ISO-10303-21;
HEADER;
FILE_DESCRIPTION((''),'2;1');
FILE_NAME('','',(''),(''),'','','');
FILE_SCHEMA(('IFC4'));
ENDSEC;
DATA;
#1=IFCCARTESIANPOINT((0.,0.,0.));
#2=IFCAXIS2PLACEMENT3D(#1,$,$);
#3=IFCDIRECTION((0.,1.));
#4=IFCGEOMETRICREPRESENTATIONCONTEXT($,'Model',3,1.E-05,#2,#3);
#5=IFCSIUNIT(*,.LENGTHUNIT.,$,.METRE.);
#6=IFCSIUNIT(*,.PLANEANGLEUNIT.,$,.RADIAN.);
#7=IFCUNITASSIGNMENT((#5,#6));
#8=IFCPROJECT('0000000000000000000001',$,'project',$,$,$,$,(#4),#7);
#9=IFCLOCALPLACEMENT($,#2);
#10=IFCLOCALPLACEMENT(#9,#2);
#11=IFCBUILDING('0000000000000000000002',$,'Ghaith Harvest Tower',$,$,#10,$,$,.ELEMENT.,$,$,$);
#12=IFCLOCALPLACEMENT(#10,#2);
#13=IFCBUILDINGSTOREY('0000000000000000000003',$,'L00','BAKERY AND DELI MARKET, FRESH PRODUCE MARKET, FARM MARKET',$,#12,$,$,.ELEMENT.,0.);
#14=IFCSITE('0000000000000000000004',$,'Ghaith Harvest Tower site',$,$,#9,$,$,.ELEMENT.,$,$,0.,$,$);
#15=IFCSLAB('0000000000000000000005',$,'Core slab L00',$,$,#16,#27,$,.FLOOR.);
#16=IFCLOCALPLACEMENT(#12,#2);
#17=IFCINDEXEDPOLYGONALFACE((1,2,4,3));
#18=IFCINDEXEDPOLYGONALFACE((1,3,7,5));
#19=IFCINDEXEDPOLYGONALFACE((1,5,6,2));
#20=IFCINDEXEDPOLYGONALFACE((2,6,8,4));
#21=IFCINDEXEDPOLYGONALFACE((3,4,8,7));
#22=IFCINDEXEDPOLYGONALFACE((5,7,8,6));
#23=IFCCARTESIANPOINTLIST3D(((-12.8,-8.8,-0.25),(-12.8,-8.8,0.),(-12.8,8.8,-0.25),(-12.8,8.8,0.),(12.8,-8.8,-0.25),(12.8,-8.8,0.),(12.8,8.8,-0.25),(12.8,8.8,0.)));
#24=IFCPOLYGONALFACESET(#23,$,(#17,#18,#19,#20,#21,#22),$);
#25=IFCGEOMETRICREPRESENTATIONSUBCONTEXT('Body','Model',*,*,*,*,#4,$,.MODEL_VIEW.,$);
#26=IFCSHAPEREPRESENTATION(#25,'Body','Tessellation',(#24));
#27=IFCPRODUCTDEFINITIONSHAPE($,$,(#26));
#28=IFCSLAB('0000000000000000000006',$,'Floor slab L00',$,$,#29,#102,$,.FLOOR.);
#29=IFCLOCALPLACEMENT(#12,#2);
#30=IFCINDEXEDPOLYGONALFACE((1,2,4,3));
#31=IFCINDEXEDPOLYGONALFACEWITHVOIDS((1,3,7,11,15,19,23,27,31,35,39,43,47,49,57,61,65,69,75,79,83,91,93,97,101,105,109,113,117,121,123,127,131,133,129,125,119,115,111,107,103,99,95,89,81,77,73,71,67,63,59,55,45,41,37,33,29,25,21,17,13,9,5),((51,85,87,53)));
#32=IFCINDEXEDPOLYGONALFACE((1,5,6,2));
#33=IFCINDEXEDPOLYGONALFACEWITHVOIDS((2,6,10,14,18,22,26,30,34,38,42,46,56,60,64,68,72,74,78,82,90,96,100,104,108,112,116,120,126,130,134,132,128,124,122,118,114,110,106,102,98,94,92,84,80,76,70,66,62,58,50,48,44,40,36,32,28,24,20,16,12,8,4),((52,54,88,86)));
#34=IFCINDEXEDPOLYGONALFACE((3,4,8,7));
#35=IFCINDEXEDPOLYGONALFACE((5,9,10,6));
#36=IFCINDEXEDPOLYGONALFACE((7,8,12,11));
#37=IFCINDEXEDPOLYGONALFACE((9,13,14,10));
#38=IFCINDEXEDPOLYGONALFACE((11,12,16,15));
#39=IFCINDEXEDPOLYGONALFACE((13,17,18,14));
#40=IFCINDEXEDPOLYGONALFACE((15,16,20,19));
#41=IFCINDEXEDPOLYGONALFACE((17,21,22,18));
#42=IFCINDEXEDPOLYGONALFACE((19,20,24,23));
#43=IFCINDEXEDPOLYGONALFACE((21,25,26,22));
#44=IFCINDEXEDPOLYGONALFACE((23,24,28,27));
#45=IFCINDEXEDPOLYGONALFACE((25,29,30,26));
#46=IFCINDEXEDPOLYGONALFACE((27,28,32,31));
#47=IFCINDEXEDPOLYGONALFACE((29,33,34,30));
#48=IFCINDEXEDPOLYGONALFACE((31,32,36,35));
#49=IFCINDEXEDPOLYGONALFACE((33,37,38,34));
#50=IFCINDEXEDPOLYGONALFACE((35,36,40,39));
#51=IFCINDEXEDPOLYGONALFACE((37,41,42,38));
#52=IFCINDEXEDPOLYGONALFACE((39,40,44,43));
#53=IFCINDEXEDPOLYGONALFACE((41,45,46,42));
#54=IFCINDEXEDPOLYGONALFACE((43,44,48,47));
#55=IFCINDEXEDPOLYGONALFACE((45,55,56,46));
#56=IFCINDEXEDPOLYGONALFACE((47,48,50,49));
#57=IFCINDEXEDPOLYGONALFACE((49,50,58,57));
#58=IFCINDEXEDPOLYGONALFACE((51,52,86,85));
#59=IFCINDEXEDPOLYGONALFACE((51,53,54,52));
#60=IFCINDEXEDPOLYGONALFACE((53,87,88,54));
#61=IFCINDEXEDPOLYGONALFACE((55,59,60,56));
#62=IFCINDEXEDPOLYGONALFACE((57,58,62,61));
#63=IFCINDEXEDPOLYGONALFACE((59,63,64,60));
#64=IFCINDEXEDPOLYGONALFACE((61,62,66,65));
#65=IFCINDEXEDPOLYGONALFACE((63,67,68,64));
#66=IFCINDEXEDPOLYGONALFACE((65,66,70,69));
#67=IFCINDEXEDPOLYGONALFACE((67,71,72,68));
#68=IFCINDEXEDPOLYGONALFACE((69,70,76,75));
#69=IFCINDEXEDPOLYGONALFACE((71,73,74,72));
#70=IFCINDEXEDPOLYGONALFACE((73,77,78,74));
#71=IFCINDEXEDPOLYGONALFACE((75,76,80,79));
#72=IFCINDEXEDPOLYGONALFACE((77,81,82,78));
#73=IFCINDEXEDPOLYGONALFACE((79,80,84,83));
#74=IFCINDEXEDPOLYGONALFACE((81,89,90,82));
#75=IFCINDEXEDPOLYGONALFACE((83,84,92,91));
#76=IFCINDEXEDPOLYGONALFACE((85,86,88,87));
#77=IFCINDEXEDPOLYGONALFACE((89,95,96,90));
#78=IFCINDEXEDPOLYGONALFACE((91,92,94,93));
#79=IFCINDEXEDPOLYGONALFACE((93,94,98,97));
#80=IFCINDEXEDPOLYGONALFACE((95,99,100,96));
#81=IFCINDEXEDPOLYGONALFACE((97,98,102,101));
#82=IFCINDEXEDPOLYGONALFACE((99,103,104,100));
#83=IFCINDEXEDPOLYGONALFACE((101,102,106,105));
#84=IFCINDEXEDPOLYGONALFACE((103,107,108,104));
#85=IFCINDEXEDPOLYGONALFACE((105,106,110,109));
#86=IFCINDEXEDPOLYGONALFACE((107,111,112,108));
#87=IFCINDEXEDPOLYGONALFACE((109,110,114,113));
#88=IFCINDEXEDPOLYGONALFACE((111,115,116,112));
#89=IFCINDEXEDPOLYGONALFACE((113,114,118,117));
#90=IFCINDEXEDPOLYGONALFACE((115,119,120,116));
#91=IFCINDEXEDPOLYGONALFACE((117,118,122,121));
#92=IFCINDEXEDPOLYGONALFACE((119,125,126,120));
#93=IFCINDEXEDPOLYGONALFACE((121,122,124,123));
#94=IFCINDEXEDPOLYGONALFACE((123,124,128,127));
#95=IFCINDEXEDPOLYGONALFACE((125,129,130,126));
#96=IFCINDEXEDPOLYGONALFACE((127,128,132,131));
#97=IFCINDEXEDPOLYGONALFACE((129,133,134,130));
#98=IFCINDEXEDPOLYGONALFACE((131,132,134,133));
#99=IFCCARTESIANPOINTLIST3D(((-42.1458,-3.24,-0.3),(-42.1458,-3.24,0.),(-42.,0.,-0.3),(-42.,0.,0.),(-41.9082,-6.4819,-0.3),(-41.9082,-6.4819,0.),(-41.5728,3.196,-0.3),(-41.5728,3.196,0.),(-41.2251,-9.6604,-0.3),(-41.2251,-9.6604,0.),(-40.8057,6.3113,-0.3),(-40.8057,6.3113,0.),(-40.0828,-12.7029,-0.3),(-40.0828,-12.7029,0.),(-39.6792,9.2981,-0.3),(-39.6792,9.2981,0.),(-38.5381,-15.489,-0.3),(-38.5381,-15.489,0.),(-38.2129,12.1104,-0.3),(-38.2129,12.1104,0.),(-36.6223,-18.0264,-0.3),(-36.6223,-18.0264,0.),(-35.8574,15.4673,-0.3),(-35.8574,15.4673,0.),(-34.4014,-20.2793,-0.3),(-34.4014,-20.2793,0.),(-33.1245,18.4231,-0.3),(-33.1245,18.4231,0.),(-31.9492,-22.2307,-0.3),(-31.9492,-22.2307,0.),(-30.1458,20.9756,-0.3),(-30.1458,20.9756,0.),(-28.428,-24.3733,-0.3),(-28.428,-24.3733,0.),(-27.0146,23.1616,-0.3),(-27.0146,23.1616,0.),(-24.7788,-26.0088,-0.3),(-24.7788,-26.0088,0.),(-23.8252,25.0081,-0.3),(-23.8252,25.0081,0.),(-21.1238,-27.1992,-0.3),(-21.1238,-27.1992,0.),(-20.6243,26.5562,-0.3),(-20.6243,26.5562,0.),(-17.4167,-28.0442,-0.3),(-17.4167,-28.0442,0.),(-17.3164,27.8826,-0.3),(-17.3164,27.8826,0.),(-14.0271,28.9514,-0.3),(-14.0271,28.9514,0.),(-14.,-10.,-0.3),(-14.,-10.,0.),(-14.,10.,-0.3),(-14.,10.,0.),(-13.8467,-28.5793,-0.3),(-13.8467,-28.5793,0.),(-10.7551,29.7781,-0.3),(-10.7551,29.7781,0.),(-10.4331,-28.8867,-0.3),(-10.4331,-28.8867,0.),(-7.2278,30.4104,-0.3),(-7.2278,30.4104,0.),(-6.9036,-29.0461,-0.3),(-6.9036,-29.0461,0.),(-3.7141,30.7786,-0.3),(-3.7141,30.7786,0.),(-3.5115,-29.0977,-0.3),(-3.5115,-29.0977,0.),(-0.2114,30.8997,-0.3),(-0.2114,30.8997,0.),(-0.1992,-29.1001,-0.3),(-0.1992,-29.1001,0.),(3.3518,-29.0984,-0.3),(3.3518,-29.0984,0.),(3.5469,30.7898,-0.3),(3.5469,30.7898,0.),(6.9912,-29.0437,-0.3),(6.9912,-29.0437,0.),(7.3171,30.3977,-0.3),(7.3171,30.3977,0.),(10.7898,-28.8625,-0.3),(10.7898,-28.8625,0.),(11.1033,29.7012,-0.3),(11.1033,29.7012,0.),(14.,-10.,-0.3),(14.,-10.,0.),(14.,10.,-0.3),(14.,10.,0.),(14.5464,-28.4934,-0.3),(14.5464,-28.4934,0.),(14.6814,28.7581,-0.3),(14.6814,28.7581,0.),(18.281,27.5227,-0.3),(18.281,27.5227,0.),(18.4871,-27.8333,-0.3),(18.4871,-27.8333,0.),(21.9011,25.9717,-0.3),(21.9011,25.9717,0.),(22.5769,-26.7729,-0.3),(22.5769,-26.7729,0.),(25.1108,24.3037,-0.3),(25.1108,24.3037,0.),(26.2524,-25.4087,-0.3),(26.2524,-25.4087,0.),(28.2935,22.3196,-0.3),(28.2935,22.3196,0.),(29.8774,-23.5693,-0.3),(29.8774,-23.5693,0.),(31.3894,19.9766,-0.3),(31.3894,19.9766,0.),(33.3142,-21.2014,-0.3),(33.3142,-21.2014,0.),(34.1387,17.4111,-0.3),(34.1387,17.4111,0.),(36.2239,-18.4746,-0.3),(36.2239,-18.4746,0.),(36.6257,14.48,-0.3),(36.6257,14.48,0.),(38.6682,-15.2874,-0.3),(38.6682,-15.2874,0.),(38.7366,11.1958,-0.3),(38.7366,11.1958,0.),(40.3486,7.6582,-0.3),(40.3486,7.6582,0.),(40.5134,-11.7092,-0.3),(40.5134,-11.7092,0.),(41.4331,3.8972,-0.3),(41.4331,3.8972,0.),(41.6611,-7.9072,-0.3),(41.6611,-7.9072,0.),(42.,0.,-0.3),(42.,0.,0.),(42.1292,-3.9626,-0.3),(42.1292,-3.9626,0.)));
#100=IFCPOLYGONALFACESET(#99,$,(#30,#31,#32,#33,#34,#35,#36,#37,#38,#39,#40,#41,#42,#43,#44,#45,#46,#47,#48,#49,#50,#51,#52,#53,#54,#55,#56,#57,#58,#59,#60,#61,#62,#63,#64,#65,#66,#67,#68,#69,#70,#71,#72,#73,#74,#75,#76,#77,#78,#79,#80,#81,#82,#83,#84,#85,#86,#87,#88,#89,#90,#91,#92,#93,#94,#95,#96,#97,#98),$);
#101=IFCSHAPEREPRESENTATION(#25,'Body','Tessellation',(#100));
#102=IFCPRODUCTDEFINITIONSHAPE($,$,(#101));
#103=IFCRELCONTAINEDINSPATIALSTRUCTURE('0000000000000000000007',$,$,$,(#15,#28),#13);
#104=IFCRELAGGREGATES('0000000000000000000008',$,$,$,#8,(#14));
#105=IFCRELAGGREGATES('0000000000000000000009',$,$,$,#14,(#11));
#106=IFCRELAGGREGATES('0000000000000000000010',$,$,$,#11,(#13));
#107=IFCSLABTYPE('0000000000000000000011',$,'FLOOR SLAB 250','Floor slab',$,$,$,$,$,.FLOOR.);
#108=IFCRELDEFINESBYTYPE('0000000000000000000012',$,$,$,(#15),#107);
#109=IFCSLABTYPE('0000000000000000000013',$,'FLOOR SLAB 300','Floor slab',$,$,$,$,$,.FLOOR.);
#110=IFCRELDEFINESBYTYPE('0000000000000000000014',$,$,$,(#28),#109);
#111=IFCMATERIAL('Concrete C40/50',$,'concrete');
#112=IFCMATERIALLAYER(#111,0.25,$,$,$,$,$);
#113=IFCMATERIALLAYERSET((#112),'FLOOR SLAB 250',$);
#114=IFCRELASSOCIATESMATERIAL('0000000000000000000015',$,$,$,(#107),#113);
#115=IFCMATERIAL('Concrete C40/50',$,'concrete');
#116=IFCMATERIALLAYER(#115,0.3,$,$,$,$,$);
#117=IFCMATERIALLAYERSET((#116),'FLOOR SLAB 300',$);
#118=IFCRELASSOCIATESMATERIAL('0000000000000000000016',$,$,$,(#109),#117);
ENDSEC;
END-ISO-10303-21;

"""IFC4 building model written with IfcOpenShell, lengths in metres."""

from ifc_helpers import new_model, si_unit, direction, frame, origin, place, context, subcontext, project, spatial, polyline, outline, extrude, material, layer, layer_set, type_object, element, save


model = new_model("IFC4")

# Units and contexts
model_context = context("Model", 3, precision=1e-05, world=origin(), true_north=direction((0.0, 1.0)))
body_context = subcontext(model_context, "Body", "Model", "MODEL_VIEW")
ifc_project = project(units=[si_unit("LENGTHUNIT", "METRE"), si_unit("PLANEANGLEUNIT", "RADIAN")], contexts=[model_context])

# Site, building, storey
site_placement = place(None, origin())
site = spatial("IfcSite", under=ifc_project, at=site_placement, Name="Ghaith Harvest Tower site", CompositionType="ELEMENT", RefElevation=0.0)
building_placement = place(site_placement, origin())
building = spatial("IfcBuilding", under=site, at=building_placement, Name="Ghaith Harvest Tower", CompositionType="ELEMENT")
storey_placement = place(building_placement, origin())
storey = spatial("IfcBuildingStorey", under=building, at=storey_placement, Name="L00", Description="BAKERY AND DELI MARKET, FRESH PRODUCE MARKET, FARM MARKET", CompositionType="ELEMENT", Elevation=0.0)

# Slabs
ifc_material_1 = material(Name="Concrete C40/50", Category="concrete")
ifc_layer_1 = layer(ifc_material_1, 0.25)
ifc_layer_set_1 = layer_set([ifc_layer_1], Name="FLOOR SLAB 250")
slab_type_1 = type_object("IfcSlabType", Name="FLOOR SLAB 250", Description="Floor slab", PredefinedType="FLOOR", material=ifc_layer_set_1)
slab_1_placement = place(storey_placement, frame((0.0, 0.0, -0.25)))
element("IfcSlab", 1, at=slab_1_placement, inside=storey, type_object=slab_type_1, Name="Core slab L00", PredefinedType="FLOOR", context=body_context, shape_type="SweptSolid", body=[
    extrude(outline(polyline([(-12.8, -8.8), (-12.8, 8.8), (12.8, 8.8), (12.8, -8.8), (-12.8, -8.8)])), origin(), (0.0, 0.0, 1.0), 0.25),
])
ifc_material_2 = material(Name="Concrete C40/50", Category="concrete")
ifc_layer_2 = layer(ifc_material_2, 0.3)
ifc_layer_set_2 = layer_set([ifc_layer_2], Name="FLOOR SLAB 300")
slab_type_2 = type_object("IfcSlabType", Name="FLOOR SLAB 300", Description="Floor slab", PredefinedType="FLOOR", material=ifc_layer_set_2)
slab_2_placement = place(storey_placement, frame((0.0, 0.0, -0.3)))
element("IfcSlab", 2, at=slab_2_placement, inside=storey, type_object=slab_type_2, Name="Floor slab L00", PredefinedType="FLOOR", context=body_context, shape_type="SweptSolid", body=[
    extrude(outline(polyline([(42.0, 0.0), (41.4331, 3.8972), (40.3486, 7.6582), (38.7366, 11.1958), (36.6257, 14.48), (34.1387, 17.4111), (31.3894, 19.9766), (28.2935, 22.3196), (25.1108, 24.3037), (21.9011, 25.9717), (18.281, 27.5227), (14.6814, 28.7581), (11.1033, 29.7012), (7.3171, 30.3977), (3.5469, 30.7898), (-0.2114, 30.8997), (-3.7141, 30.7786), (-7.2278, 30.4104), (-10.7551, 29.7781), (-14.0271, 28.9514), (-17.3164, 27.8826), (-20.6243, 26.5562), (-23.8252, 25.0081), (-27.0146, 23.1616), (-30.1458, 20.9756), (-33.1245, 18.4231), (-35.8574, 15.4673), (-38.2129, 12.1104), (-39.6792, 9.2981), (-40.8057, 6.3113), (-41.5728, 3.196), (-42.0, 0.0), (-42.1458, -3.24), (-41.9082, -6.4819), (-41.2251, -9.6604), (-40.0828, -12.7029), (-38.5381, -15.489), (-36.6223, -18.0264), (-34.4014, -20.2793), (-31.9492, -22.2307), (-28.428, -24.3733), (-24.7788, -26.0088), (-21.1238, -27.1992), (-17.4167, -28.0442), (-13.8467, -28.5793), (-10.4331, -28.8867), (-6.9036, -29.0461), (-3.5115, -29.0977), (-0.1992, -29.1001), (3.3518, -29.0984), (6.9912, -29.0437), (10.7898, -28.8625), (14.5464, -28.4934), (18.4871, -27.8333), (22.5769, -26.7729), (26.2524, -25.4087), (29.8774, -23.5693), (33.3142, -21.2014), (36.2239, -18.4746), (38.6682, -15.2874), (40.5134, -11.7092), (41.6611, -7.9072), (42.1292, -3.9626), (42.0, 0.0)]), holes=[polyline([(-14.0, -10.0), (14.0, -10.0), (14.0, 10.0), (-14.0, 10.0), (-14.0, -10.0)])]), origin(), (0.0, 0.0, 1.0), 0.3),
])

save(model, "model.ifc")
